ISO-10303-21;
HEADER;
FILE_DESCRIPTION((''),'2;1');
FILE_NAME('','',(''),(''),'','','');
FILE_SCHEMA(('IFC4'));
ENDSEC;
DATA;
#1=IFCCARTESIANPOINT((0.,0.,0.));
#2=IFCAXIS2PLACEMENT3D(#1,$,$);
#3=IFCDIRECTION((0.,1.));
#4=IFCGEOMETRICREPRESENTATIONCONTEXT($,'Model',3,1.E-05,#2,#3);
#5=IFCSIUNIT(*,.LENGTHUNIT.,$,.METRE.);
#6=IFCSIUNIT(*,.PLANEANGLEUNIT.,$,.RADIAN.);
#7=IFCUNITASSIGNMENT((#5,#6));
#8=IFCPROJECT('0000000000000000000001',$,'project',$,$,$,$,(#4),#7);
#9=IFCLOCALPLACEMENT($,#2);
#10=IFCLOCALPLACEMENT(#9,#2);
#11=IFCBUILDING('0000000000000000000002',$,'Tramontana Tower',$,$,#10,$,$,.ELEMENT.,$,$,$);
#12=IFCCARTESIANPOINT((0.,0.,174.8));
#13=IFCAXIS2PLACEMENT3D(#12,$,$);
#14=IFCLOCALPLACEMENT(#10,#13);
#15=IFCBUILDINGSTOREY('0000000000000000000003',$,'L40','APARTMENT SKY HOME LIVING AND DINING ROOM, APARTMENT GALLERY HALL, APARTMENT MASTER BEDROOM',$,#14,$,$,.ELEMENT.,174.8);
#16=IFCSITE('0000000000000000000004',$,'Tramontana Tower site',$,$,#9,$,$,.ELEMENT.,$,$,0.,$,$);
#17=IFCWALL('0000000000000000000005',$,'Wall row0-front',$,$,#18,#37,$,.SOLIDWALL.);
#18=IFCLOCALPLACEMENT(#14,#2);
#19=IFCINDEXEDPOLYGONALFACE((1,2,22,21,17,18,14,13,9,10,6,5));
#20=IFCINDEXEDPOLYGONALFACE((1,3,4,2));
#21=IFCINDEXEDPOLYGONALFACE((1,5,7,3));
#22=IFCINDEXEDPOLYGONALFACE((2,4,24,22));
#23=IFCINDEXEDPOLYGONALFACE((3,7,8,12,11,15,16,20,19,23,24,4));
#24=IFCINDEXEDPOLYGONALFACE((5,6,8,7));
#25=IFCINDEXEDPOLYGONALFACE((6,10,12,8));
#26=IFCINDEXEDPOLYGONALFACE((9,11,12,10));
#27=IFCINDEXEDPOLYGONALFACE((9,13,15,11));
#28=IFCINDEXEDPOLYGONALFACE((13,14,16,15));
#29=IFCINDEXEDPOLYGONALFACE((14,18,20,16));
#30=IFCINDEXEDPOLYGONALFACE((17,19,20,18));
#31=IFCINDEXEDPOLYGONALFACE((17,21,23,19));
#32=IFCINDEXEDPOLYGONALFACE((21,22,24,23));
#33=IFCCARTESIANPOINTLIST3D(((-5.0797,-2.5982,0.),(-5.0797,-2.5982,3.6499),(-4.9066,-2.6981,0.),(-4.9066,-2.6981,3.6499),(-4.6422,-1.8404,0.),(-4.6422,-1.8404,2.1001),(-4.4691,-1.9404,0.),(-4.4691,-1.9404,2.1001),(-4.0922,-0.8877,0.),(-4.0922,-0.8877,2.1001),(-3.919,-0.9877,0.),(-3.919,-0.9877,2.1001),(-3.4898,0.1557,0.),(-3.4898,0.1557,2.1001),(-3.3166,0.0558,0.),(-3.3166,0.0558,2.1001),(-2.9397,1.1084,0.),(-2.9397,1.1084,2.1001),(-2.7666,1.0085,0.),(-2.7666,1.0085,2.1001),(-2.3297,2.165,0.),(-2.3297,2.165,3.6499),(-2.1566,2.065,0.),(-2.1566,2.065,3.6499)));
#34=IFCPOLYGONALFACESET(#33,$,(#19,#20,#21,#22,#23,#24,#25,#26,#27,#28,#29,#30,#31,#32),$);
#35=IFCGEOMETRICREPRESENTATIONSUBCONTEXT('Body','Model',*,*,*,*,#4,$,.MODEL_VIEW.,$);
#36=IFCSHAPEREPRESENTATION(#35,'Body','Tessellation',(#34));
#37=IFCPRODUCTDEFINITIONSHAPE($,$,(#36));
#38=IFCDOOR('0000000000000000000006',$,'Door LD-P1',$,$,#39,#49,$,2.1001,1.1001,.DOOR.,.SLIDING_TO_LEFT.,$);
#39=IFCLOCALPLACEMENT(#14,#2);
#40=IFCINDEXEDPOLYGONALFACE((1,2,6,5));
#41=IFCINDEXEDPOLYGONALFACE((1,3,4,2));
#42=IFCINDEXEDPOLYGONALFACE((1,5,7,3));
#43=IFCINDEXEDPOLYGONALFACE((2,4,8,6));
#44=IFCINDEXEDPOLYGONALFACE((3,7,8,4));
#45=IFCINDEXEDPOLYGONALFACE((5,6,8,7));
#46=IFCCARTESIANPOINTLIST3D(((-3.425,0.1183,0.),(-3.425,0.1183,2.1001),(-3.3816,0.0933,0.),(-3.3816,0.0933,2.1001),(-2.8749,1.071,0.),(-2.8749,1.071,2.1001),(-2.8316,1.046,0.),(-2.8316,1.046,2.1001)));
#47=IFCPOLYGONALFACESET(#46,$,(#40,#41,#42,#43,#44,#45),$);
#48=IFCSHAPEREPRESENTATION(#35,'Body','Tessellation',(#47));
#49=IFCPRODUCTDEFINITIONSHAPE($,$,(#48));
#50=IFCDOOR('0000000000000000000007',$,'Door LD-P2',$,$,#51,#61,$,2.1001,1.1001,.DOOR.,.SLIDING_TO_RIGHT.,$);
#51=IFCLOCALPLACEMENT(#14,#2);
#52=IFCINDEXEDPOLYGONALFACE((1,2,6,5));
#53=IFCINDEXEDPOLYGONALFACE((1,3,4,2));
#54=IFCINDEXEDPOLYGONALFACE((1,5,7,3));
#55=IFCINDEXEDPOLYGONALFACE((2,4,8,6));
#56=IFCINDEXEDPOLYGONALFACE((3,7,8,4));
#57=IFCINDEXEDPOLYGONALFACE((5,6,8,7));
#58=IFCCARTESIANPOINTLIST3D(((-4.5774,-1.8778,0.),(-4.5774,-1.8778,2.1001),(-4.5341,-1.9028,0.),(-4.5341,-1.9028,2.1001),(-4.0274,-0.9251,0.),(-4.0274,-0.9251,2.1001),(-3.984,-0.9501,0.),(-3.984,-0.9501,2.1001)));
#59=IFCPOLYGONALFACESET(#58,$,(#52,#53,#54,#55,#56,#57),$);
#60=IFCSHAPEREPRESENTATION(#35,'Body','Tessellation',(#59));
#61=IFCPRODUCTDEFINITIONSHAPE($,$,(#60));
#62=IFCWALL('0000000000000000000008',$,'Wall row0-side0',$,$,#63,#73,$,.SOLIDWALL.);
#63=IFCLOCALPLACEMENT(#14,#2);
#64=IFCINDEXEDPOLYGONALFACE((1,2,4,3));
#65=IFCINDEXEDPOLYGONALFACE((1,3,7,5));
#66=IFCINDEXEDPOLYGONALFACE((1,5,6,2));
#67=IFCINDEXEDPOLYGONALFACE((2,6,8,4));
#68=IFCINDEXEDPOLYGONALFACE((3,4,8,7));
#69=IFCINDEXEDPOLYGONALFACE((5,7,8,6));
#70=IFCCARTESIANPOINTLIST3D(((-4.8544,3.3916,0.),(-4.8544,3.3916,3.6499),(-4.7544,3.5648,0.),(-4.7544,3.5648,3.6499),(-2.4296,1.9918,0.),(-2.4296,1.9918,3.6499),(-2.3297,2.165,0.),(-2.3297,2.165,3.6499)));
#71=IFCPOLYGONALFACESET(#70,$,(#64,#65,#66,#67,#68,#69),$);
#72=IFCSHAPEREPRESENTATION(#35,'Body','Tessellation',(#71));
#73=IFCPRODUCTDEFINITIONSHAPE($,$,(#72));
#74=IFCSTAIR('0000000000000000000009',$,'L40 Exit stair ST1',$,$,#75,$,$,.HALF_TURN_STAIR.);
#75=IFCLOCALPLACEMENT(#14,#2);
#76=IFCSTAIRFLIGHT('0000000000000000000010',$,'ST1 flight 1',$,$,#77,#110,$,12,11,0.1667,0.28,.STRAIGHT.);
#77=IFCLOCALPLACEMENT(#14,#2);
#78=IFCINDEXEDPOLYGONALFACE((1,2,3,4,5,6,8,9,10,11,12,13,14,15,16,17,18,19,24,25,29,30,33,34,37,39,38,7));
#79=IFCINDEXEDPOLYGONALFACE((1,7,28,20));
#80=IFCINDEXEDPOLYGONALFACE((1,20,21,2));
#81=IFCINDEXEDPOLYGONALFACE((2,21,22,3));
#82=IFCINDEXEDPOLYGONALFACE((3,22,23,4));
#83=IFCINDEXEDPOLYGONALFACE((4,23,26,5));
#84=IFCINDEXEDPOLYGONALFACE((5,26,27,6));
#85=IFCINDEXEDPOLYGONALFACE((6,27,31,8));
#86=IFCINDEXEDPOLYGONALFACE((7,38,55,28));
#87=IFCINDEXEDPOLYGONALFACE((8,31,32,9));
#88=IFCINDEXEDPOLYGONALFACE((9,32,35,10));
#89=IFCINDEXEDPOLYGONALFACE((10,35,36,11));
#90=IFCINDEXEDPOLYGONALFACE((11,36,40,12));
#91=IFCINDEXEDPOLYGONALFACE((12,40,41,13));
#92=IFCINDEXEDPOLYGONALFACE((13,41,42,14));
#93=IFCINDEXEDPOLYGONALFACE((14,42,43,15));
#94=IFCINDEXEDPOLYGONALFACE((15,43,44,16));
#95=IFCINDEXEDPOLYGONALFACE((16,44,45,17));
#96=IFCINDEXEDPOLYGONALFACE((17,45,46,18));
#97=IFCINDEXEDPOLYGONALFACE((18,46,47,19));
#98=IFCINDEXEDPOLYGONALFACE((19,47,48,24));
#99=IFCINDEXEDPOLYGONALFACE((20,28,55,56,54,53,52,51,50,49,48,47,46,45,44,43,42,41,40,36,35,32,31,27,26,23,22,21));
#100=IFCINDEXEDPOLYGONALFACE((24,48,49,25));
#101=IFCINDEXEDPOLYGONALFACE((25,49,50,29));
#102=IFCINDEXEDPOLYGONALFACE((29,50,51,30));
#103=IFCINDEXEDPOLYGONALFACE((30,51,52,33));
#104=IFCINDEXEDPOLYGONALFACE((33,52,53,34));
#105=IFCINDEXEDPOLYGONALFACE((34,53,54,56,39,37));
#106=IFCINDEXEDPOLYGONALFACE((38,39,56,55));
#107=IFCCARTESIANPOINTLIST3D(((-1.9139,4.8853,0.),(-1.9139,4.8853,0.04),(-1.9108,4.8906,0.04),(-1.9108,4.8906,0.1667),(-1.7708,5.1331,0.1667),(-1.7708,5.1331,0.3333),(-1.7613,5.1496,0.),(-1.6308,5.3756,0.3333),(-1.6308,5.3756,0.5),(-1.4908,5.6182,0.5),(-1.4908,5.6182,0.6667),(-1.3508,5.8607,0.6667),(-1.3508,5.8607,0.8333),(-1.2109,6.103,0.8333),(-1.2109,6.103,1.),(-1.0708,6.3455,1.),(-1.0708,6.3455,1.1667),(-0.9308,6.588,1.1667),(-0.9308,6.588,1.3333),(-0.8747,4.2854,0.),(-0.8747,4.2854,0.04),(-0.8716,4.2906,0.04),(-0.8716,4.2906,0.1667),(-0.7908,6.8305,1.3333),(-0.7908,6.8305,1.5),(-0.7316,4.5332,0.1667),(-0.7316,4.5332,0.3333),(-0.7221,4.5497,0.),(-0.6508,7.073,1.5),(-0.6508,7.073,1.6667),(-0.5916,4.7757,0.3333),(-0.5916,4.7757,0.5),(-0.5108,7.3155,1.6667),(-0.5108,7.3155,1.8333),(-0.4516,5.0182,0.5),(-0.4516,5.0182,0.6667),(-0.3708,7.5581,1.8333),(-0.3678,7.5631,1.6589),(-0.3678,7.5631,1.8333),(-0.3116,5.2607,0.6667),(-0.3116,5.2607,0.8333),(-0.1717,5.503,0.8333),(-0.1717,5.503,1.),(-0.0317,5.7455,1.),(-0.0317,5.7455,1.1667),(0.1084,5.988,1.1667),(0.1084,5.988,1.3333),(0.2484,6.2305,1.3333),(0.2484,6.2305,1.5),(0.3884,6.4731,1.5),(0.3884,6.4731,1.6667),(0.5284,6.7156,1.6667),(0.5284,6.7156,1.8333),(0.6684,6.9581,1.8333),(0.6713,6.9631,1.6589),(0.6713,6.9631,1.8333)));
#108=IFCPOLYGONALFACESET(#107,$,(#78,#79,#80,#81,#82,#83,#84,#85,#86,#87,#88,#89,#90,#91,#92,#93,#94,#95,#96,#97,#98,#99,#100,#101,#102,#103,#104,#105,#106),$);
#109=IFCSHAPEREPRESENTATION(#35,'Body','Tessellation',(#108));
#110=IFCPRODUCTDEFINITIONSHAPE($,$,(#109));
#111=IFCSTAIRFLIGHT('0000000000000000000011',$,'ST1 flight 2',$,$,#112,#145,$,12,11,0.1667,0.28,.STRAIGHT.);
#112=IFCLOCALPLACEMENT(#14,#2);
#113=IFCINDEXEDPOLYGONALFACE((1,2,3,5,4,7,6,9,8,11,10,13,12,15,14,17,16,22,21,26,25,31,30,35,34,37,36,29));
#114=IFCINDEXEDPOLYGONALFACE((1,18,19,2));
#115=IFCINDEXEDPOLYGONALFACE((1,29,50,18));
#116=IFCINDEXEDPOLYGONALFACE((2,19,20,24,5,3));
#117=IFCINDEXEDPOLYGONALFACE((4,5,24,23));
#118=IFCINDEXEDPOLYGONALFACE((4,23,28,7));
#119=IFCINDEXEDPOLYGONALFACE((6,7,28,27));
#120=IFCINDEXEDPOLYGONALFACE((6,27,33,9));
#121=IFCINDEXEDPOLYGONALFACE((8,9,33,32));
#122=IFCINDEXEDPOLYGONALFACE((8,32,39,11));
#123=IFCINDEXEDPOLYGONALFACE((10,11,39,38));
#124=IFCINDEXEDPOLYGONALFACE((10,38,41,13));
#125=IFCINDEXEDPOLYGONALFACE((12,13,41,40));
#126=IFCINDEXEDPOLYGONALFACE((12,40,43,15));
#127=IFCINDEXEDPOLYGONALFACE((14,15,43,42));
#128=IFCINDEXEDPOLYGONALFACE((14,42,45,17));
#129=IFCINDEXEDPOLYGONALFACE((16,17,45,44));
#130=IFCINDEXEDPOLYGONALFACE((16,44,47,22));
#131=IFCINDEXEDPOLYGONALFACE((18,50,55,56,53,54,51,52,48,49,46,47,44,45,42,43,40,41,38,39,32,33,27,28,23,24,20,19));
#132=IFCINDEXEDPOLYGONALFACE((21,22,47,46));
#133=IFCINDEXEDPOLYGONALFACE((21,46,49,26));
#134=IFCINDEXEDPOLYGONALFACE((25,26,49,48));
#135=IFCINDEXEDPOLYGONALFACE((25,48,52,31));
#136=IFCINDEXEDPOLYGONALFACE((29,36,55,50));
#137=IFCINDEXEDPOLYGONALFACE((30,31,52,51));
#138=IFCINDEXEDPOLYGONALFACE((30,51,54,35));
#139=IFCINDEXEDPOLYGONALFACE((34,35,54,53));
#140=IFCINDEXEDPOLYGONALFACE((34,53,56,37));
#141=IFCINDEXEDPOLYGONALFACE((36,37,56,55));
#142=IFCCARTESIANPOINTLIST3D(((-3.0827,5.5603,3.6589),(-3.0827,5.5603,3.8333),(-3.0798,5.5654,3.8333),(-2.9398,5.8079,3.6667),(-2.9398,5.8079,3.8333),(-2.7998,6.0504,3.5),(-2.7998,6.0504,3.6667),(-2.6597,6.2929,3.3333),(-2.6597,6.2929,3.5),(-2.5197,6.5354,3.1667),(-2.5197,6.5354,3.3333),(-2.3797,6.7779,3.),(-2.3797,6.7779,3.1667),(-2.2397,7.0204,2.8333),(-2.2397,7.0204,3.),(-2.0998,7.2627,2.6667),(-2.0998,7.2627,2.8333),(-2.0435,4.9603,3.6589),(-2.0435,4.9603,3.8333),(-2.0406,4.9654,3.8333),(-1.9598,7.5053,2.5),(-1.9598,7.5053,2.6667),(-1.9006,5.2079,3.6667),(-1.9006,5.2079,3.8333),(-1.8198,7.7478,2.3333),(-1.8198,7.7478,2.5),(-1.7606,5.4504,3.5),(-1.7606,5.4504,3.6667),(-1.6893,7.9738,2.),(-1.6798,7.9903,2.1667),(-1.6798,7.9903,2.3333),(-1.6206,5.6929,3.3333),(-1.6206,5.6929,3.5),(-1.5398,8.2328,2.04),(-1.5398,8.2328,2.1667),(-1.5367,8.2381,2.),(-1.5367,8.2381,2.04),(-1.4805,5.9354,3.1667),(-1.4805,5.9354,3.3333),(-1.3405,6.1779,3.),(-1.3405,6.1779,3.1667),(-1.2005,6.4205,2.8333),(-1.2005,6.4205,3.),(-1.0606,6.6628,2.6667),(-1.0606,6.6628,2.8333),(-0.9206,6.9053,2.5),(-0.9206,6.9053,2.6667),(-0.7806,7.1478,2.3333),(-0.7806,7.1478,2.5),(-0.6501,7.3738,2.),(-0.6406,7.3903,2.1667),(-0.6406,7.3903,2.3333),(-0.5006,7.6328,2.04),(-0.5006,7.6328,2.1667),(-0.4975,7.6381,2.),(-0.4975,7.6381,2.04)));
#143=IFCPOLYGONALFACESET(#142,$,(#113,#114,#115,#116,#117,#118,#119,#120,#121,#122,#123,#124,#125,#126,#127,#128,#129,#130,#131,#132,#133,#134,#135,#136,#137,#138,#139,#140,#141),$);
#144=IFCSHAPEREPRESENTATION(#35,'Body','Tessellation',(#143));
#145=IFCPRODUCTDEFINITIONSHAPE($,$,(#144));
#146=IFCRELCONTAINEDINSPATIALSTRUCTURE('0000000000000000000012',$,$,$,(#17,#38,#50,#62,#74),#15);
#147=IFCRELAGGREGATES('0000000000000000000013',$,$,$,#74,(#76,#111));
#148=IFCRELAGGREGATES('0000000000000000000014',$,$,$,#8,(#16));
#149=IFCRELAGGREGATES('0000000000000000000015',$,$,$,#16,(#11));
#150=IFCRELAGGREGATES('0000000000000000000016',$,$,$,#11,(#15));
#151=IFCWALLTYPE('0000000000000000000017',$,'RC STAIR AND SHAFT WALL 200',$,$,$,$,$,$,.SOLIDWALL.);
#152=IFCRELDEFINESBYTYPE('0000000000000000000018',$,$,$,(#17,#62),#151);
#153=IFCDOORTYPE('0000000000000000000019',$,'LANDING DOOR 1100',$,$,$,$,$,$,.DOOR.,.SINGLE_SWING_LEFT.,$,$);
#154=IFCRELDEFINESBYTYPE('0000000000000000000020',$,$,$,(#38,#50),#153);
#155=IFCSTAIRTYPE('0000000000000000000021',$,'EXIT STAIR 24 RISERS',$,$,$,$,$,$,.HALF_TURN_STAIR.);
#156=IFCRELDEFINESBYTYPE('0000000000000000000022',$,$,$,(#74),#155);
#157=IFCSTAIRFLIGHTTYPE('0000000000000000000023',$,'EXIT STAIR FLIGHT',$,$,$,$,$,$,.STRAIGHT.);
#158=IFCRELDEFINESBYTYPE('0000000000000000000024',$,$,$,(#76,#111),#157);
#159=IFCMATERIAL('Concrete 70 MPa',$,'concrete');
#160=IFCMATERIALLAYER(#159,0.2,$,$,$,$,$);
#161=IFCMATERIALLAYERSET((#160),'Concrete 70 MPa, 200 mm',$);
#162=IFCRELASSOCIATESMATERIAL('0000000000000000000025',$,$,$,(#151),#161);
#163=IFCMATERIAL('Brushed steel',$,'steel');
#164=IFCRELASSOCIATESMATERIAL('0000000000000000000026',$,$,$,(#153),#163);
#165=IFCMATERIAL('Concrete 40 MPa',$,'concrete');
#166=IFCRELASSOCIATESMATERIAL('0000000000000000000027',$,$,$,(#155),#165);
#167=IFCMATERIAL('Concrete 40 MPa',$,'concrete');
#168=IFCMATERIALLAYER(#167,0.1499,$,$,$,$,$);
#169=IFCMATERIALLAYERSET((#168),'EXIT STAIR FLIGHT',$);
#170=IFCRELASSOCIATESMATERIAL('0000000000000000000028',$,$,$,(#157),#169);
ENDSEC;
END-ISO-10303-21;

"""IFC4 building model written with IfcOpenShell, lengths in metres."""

from ifc_helpers import new_model, si_unit, direction, frame, frame_2d, origin, place, context, subcontext, project, spatial, polyline, rectangle, outline, extrude, material, layer, layer_set, type_object, element, fill, aggregate, save


model = new_model("IFC4")

# Units and contexts
model_context = context("Model", 3, precision=1e-05, world=origin(), true_north=direction((0.0, 1.0)))
body_context = subcontext(model_context, "Body", "Model", "MODEL_VIEW")
ifc_project = project(units=[si_unit("LENGTHUNIT", "METRE"), si_unit("PLANEANGLEUNIT", "RADIAN")], contexts=[model_context])

# Site, building, storey
site_placement = place(None, origin())
site = spatial("IfcSite", under=ifc_project, at=site_placement, Name="Tramontana Tower site", CompositionType="ELEMENT", RefElevation=0.0)
building_placement = place(site_placement, origin())
building = spatial("IfcBuilding", under=site, at=building_placement, Name="Tramontana Tower", CompositionType="ELEMENT")
storey_placement = place(building_placement, frame((0.0, 0.0, 174.8)))
storey = spatial("IfcBuildingStorey", under=building, at=storey_placement, Name="L40", Description="APARTMENT SKY HOME LIVING AND DINING ROOM, APARTMENT GALLERY HALL, APARTMENT MASTER BEDROOM", CompositionType="ELEMENT", Elevation=174.8)

# Shared definitions
ifc_material_1 = material(Name="Concrete 70 MPa", Category="concrete")
ifc_layer_1 = layer(ifc_material_1, 0.2)
ifc_layer_set_1 = layer_set([ifc_layer_1], Name="Concrete 70 MPa, 200 mm")
wall_type_1 = type_object("IfcWallType", Name="RC STAIR AND SHAFT WALL 200", PredefinedType="SOLIDWALL", material=ifc_layer_set_1)

# Wall, openings, doors
wall_1_placement = place(storey_placement, frame((-2.2432, 2.115, 0.0), z_axis=(0.0, 0.0, 1.0), x_axis=(-0.499997, -0.866027, 0.0)))
wall_1 = element("IfcWall", 1, at=wall_1_placement, inside=storey, type_object=wall_type_1, Name="Wall row0-front", PredefinedType="SOLIDWALL", context=body_context, shape_type="SweptSolid", body=[
    extrude(rectangle(XDim=5.5, YDim=0.2, at=frame_2d((2.75, 0.0))), origin(), (0.0, 0.0, 1.0), 3.6499),
])
opening_1_placement = place(wall_1_placement, frame((1.22, 0.0, 0.0)))
opening_1 = element("IfcOpeningElement", 2, at=opening_1_placement, cuts=wall_1, PredefinedType="OPENING", context=body_context, shape_type="SweptSolid", body=[
    extrude(rectangle(XDim=1.1001, YDim=2.1001, at=frame_2d((0.55, 1.05))), frame((0.0, 0.1099, 0.0), z_axis=(0.0, -1.0, 0.0), x_axis=(1.0, 0.0, 0.0)), (0.0, 0.0, 1.0), 0.22),
])
opening_2_placement = place(wall_1_placement, frame((3.5249, 0.0, 0.0)))
opening_2 = element("IfcOpeningElement", 3, at=opening_2_placement, cuts=wall_1, PredefinedType="OPENING", context=body_context, shape_type="SweptSolid", body=[
    extrude(rectangle(XDim=1.1001, YDim=2.1001, at=frame_2d((0.55, 1.05))), frame((0.0, 0.1099, 0.0), z_axis=(0.0, -1.0, 0.0), x_axis=(1.0, 0.0, 0.0)), (0.0, 0.0, 1.0), 0.22),
])
ifc_material_2 = material(Name="Brushed steel", Category="steel")
door_type_1 = type_object("IfcDoorType", Name="LANDING DOOR 1100", OperationType="SINGLE_SWING_LEFT", PredefinedType="DOOR", material=ifc_material_2)
door_1_placement = place(opening_1_placement, origin())
door_1 = element("IfcDoor", 4, at=door_1_placement, inside=storey, type_object=door_type_1, Name="Door LD-P1", OperationType="SLIDING_TO_LEFT", OverallHeight=2.1001, OverallWidth=1.1001, PredefinedType="DOOR", context=body_context, shape_type="SweptSolid", body=[
    extrude(rectangle(XDim=1.1001, YDim=2.1001, at=frame_2d((0.55, 1.05))), frame((0.0, 0.0249, 0.0), z_axis=(0.0, -1.0, 0.0), x_axis=(1.0, 0.0, 0.0)), (0.0, 0.0, 1.0), 0.05),
])
fill(opening_1, door_1)
door_2_placement = place(opening_2_placement, origin())
door_2 = element("IfcDoor", 5, at=door_2_placement, inside=storey, type_object=door_type_1, Name="Door LD-P2", OperationType="SLIDING_TO_RIGHT", OverallHeight=2.1001, OverallWidth=1.1001, PredefinedType="DOOR", context=body_context, shape_type="SweptSolid", body=[
    extrude(rectangle(XDim=1.1001, YDim=2.1001, at=frame_2d((0.55, 1.05))), frame((0.0, 0.0249, 0.0), z_axis=(0.0, -1.0, 0.0), x_axis=(1.0, 0.0, 0.0)), (0.0, 0.0, 1.0), 0.05),
])
fill(opening_2, door_2)

# Wall
wall_2_placement = place(storey_placement, frame((-2.3796, 2.0784, 0.0), z_axis=(0.0, 0.0, 1.0), x_axis=(-0.866035, 0.499984, 0.0)))
element("IfcWall", 6, at=wall_2_placement, inside=storey, type_object=wall_type_1, Name="Wall row0-side0", PredefinedType="SOLIDWALL", context=body_context, shape_type="SweptSolid", body=[
    extrude(rectangle(XDim=2.7998, YDim=0.2, at=frame_2d((1.3999, 0.0))), origin(), (0.0, 0.0, 1.0), 3.6499),
])

# Stair, stair flights
ifc_material_3 = material(Name="Concrete 40 MPa", Category="concrete")
stair_type = type_object("IfcStairType", Name="EXIT STAIR 24 RISERS", PredefinedType="HALF_TURN_STAIR", material=ifc_material_3)
stair_placement = place(storey_placement, origin())
stair = element("IfcStair", 7, at=stair_placement, inside=storey, type_object=stair_type, Name="L40 Exit stair ST1", PredefinedType="HALF_TURN_STAIR")
ifc_material_4 = material(Name="Concrete 40 MPa", Category="concrete")
ifc_layer_2 = layer(ifc_material_4, 0.1499)
ifc_layer_set_2 = layer_set([ifc_layer_2], Name="EXIT STAIR FLIGHT")
stair_flight_type = type_object("IfcStairFlightType", Name="EXIT STAIR FLIGHT", PredefinedType="STRAIGHT", material=ifc_layer_set_2)
stair_flight_1_placement = place(storey_placement, frame((-1.3911, 4.5906, 0.0), z_axis=(0.0, 0.0, 1.0), x_axis=(0.5, 0.866025, 0.0)))
stair_flight_1 = element("IfcStairFlight", 8, at=stair_flight_1_placement, type_object=stair_flight_type, Name="ST1 flight 1", NumberOfRisers=12, NumberOfTreads=11, PredefinedType="STRAIGHT", RiserHeight=0.1667, TreadLength=0.28, context=body_context, shape_type="SweptSolid", body=[
    extrude(outline(polyline([(-0.0061, 0.0), (-0.0061, 0.04), (0.0, 0.04), (0.0, 0.1667), (0.28, 0.1667), (0.28, 0.3333), (0.5601, 0.3333), (0.5601, 0.5), (0.8401, 0.5), (0.8401, 0.6667), (1.1201, 0.6667), (1.1201, 0.8333), (1.3999, 0.8333), (1.3999, 1.0), (1.6799, 1.0), (1.6799, 1.1667), (1.96, 1.1667), (1.96, 1.3333), (2.24, 1.3333), (2.24, 1.5), (2.52, 1.5), (2.52, 1.6667), (2.8, 1.6667), (2.8, 1.8333), (3.0801, 1.8333), (3.0859, 1.8333), (3.0859, 1.6589), (0.2991, 0.0), (-0.0061, 0.0)])), frame((0.0, 0.6001, 0.0), z_axis=(0.0, -1.0, 0.0), x_axis=(1.0, 0.0, 0.0)), (0.0, 0.0, 1.0), 1.2),
])
stair_flight_2_placement = place(storey_placement, frame((-1.0203, 7.9329, 2.0), z_axis=(0.0, 0.0, 1.0), x_axis=(-0.5, -0.866025, 0.0)))
stair_flight_2 = element("IfcStairFlight", 9, at=stair_flight_2_placement, type_object=stair_flight_type, Name="ST1 flight 2", NumberOfRisers=12, NumberOfTreads=11, PredefinedType="STRAIGHT", RiserHeight=0.1667, TreadLength=0.28, context=body_context, shape_type="SweptSolid", body=[
    extrude(outline(polyline([(-0.0061, 0.0), (-0.0061, 0.04), (0.0, 0.04), (0.0, 0.1667), (0.28, 0.1667), (0.28, 0.3333), (0.5601, 0.3333), (0.5601, 0.5), (0.8401, 0.5), (0.8401, 0.6667), (1.1201, 0.6667), (1.1201, 0.8333), (1.3999, 0.8333), (1.3999, 1.0), (1.6799, 1.0), (1.6799, 1.1667), (1.96, 1.1667), (1.96, 1.3333), (2.24, 1.3333), (2.24, 1.5), (2.52, 1.5), (2.52, 1.6667), (2.8, 1.6667), (2.8, 1.8333), (3.0801, 1.8333), (3.0859, 1.8333), (3.0859, 1.6589), (0.2991, 0.0), (-0.0061, 0.0)])), frame((0.0, 0.6001, 0.0), z_axis=(0.0, -1.0, 0.0), x_axis=(1.0, 0.0, 0.0)), (0.0, 0.0, 1.0), 1.2),
])
aggregate(stair, [stair_flight_1, stair_flight_2])

save(model, "model.ifc")
